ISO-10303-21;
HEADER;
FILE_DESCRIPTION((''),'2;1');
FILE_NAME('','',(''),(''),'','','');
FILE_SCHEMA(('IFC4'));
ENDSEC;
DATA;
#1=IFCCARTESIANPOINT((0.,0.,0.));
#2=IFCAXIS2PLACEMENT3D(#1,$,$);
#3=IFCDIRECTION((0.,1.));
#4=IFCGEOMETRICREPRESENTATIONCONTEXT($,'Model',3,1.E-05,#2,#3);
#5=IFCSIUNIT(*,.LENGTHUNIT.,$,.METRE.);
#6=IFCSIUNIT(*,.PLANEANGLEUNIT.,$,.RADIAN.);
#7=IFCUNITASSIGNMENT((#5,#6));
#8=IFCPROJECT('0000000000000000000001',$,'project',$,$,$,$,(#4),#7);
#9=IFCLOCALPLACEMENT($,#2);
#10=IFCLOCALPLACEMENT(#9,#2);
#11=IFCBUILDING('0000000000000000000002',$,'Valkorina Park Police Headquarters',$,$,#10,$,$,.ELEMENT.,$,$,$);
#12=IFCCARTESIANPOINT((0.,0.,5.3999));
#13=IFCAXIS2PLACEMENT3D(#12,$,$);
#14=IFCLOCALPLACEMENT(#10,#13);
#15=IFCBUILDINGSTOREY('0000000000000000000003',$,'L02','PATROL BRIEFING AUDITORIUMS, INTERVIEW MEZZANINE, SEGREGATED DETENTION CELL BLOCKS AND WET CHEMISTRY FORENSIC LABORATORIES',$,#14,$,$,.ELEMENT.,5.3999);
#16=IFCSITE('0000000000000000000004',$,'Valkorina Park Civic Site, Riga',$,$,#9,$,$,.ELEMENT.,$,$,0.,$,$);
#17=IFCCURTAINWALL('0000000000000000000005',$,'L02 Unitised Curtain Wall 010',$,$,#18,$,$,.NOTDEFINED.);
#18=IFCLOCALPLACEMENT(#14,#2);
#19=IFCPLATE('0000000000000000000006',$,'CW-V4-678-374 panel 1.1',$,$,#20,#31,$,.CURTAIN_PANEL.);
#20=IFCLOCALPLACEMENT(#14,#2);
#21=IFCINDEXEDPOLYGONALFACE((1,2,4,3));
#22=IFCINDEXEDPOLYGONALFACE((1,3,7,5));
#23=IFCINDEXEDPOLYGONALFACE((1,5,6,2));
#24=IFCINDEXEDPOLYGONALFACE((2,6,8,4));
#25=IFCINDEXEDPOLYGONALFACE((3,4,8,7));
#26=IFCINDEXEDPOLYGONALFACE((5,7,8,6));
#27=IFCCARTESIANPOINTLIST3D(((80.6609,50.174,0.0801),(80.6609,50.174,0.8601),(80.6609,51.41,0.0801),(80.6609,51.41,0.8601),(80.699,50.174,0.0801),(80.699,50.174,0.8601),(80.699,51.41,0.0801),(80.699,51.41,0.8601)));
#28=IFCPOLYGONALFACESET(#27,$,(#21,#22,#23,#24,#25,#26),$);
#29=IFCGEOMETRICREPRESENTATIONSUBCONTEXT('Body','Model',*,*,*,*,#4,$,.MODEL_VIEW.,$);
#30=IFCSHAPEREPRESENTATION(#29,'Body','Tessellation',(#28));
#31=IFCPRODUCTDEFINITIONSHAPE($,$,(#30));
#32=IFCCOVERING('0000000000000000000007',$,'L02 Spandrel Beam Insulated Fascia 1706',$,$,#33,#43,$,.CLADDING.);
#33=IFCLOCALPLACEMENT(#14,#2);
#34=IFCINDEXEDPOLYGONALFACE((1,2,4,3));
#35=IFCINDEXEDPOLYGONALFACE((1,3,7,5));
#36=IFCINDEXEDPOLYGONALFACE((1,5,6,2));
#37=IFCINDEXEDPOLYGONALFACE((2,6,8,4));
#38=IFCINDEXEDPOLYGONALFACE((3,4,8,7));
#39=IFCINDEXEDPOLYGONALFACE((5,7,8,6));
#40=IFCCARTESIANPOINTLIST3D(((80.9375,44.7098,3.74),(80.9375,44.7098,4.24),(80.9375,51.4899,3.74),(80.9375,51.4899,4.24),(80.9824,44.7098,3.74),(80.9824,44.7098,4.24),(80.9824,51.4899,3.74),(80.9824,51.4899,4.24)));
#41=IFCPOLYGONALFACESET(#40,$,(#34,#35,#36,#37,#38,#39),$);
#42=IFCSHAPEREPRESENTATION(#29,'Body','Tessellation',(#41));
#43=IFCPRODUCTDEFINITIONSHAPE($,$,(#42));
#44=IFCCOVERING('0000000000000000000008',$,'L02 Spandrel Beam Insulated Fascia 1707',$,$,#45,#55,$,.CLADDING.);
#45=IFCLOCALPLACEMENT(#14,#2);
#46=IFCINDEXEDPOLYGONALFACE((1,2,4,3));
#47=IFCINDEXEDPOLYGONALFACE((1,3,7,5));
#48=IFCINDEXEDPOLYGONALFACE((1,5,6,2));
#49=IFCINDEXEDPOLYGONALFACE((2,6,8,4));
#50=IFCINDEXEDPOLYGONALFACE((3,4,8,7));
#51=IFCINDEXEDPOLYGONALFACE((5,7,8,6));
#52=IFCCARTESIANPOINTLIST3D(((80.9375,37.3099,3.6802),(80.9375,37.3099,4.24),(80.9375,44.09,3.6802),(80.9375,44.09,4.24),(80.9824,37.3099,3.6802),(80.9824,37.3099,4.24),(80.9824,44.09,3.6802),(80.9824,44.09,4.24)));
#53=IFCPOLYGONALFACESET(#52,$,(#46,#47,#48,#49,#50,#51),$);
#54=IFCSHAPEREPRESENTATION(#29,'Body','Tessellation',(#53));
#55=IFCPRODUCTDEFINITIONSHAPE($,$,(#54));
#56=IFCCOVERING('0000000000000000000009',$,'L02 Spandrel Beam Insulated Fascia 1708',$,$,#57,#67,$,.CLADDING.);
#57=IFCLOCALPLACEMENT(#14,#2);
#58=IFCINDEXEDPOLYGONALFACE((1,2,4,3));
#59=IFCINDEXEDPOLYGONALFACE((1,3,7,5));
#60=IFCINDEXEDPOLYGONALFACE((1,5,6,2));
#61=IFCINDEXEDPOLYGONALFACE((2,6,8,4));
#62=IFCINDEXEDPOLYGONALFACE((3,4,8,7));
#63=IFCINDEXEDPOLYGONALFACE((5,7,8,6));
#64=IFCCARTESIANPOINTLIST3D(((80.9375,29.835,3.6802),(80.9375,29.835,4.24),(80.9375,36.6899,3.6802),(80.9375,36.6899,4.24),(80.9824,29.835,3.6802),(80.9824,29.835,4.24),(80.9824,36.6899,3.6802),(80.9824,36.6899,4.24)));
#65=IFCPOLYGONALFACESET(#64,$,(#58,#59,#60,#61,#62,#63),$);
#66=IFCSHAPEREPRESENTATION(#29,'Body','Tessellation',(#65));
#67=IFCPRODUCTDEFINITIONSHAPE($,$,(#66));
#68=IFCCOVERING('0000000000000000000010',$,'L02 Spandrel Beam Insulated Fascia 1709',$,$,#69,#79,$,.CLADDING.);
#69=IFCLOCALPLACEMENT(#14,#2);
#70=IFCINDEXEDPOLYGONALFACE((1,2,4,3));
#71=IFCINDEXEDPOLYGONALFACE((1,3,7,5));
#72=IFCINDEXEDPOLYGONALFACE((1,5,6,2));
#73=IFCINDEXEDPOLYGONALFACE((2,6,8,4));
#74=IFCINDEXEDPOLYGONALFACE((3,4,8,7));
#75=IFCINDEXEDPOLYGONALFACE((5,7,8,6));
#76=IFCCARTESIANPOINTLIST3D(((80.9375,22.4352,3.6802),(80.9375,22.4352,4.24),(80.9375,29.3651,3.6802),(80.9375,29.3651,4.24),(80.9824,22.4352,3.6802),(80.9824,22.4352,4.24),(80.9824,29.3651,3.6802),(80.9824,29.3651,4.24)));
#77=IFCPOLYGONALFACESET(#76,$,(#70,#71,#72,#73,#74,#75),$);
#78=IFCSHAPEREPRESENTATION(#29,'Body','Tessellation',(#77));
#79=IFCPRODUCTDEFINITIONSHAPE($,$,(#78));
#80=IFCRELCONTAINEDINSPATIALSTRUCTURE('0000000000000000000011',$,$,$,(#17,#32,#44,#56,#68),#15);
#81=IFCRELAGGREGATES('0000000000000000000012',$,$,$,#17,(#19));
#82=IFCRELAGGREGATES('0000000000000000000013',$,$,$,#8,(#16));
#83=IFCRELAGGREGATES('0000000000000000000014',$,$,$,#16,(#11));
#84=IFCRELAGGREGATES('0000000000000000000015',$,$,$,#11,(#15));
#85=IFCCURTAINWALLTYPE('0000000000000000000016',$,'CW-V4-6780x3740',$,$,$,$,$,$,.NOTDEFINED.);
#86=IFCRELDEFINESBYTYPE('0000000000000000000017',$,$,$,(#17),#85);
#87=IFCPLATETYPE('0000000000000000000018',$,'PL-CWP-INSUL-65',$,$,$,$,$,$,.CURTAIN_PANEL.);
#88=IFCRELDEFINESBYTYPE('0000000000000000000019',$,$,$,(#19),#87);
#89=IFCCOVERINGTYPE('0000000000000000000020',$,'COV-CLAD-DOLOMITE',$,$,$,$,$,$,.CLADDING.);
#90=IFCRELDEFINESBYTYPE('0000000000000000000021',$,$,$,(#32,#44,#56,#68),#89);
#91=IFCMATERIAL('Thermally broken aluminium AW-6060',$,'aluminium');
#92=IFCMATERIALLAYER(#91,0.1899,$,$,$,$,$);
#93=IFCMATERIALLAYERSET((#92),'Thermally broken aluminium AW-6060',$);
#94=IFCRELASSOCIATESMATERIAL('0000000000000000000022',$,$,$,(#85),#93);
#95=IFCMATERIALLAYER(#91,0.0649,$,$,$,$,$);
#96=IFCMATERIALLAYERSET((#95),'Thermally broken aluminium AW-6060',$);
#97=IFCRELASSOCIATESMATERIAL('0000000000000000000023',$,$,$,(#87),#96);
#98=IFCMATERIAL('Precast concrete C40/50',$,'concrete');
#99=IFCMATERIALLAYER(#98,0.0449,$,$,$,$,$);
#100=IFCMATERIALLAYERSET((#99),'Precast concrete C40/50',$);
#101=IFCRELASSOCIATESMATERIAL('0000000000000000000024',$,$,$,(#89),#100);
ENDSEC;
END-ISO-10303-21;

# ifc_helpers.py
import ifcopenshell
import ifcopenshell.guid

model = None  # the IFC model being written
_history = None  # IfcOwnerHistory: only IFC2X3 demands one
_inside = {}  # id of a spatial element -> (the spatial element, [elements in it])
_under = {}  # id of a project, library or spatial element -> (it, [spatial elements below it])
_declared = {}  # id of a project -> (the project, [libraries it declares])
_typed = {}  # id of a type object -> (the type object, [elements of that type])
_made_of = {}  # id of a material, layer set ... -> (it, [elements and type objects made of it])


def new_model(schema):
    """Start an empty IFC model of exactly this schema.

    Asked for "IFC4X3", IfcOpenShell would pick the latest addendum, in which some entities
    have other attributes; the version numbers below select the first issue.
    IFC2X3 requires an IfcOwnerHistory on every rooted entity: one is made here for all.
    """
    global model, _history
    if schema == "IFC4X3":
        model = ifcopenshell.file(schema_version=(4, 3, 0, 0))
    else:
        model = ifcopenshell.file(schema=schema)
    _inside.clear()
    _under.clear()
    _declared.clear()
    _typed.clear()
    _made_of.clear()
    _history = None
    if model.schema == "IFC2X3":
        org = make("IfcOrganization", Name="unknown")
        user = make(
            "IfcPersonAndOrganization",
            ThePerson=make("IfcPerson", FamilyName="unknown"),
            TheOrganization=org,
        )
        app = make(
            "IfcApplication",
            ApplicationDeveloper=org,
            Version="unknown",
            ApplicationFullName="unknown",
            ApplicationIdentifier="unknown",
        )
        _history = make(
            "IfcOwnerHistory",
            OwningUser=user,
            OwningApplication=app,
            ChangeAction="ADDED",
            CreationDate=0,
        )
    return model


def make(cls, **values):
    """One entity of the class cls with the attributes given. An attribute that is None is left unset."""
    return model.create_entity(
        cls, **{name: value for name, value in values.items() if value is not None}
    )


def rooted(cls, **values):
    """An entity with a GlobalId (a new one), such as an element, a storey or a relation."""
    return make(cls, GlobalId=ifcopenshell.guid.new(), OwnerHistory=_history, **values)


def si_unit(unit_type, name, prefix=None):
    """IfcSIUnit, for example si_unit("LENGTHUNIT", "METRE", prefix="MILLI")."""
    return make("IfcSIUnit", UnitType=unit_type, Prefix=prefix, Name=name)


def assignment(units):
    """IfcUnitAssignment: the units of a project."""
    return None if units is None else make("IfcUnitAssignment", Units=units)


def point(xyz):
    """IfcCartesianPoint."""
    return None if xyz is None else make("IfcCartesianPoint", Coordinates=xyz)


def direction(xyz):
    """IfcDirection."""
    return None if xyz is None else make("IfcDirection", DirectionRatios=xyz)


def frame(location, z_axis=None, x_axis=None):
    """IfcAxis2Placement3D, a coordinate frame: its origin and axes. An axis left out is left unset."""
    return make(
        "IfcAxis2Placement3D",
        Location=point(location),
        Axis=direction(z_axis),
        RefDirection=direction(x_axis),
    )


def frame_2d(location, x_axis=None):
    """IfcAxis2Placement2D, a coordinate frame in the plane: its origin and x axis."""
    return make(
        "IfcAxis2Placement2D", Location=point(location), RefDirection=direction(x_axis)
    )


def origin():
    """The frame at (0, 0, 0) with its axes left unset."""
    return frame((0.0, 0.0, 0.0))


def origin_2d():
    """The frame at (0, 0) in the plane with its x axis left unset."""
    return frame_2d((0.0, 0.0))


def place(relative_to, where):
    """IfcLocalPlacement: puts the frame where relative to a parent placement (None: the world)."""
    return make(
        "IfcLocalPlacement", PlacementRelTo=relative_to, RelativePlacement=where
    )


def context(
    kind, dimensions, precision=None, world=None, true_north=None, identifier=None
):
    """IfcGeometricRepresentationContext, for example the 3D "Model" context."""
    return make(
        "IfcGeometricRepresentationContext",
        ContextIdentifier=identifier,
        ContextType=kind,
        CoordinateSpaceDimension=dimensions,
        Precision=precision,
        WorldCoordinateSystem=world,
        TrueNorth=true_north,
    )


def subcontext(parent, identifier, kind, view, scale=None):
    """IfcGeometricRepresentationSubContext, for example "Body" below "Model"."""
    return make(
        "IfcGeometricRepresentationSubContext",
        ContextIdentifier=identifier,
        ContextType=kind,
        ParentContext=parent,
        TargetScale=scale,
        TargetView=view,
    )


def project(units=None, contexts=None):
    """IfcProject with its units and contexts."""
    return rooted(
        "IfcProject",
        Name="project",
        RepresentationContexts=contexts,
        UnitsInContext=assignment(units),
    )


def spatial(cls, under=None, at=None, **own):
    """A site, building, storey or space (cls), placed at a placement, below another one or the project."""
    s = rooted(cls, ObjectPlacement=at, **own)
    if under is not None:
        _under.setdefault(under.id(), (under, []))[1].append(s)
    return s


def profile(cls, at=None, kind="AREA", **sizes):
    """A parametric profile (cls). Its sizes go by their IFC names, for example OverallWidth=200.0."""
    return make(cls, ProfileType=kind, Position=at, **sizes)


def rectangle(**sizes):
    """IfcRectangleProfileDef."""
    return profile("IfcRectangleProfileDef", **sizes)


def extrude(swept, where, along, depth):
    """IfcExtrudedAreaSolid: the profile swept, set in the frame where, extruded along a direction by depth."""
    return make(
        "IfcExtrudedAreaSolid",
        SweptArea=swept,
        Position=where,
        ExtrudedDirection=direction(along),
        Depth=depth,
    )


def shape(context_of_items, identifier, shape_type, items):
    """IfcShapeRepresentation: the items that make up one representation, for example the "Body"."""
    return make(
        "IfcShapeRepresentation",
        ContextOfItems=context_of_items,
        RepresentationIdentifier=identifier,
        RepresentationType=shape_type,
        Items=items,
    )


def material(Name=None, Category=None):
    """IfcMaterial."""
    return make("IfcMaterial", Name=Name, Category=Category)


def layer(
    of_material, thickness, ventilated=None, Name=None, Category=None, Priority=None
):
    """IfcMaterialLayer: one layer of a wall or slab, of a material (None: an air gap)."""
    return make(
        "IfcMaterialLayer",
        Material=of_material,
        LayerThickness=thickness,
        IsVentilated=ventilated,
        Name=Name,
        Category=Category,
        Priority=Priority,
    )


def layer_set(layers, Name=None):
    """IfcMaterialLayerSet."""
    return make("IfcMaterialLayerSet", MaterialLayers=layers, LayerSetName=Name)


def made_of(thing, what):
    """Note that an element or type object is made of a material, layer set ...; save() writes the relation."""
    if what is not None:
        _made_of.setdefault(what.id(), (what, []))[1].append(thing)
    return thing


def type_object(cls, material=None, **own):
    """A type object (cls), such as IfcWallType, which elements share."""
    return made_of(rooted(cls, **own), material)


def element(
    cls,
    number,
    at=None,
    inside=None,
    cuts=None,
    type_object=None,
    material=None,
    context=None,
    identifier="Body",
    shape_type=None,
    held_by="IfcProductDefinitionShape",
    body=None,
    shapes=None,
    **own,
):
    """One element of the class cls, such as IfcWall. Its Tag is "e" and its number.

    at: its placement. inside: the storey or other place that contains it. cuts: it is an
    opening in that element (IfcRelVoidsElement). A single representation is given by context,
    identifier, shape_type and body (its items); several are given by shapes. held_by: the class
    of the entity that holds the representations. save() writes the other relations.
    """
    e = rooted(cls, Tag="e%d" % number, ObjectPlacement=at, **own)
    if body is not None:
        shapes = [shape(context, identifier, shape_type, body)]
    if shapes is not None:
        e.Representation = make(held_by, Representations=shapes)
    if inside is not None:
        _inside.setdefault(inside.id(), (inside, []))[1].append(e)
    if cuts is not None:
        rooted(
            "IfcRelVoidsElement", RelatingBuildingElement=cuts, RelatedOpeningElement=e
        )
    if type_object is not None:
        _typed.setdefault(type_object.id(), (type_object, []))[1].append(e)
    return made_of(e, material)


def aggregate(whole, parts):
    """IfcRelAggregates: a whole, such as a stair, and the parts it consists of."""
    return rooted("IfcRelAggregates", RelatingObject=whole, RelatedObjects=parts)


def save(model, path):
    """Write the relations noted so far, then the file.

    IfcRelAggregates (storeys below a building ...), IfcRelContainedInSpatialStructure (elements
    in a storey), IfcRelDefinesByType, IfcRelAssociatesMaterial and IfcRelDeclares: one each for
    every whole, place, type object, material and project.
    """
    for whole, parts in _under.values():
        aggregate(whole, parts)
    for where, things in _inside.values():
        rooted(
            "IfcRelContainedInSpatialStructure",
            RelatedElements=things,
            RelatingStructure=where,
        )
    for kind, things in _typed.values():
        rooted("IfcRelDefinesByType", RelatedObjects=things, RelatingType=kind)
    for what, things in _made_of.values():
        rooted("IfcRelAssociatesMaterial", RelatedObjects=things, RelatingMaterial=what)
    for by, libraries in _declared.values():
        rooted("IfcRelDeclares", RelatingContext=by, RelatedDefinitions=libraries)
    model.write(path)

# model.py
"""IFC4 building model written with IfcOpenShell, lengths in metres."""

from ifc_helpers import new_model, si_unit, direction, frame, frame_2d, origin, origin_2d, place, context, subcontext, project, spatial, rectangle, extrude, material, layer, layer_set, type_object, element, aggregate, save


model = new_model("IFC4")

# Units and contexts
model_context = context("Model", 3, precision=1e-05, world=origin(), true_north=direction((0.0, 1.0)))
body_context = subcontext(model_context, "Body", "Model", "MODEL_VIEW")
ifc_project = project(units=[si_unit("LENGTHUNIT", "METRE"), si_unit("PLANEANGLEUNIT", "RADIAN")], contexts=[model_context])

# Site, building, storey
site_placement = place(None, origin())
site = spatial("IfcSite", under=ifc_project, at=site_placement, Name="Valkorina Park Civic Site, Riga", CompositionType="ELEMENT", RefElevation=0.0)
building_placement = place(site_placement, origin())
building = spatial("IfcBuilding", under=site, at=building_placement, Name="Valkorina Park Police Headquarters", CompositionType="ELEMENT")
storey_placement = place(building_placement, frame((0.0, 0.0, 5.3999)))
storey = spatial("IfcBuildingStorey", under=building, at=storey_placement, Name="L02", Description="PATROL BRIEFING AUDITORIUMS, INTERVIEW MEZZANINE, SEGREGATED DETENTION CELL BLOCKS AND WET CHEMISTRY FORENSIC LABORATORIES", CompositionType="ELEMENT", Elevation=5.3999)

# Curtain wall
ifc_material_1 = material(Name="Thermally broken aluminium AW-6060", Category="aluminium")
ifc_layer_1 = layer(ifc_material_1, 0.1899)
ifc_layer_set_1 = layer_set([ifc_layer_1], Name="Thermally broken aluminium AW-6060")
curtain_wall_type_1 = type_object("IfcCurtainWallType", Name="CW-V4-6780x3740", PredefinedType="NOTDEFINED", material=ifc_layer_set_1)
curtain_wall_1_placement = place(storey_placement, origin())
curtain_wall_1 = element("IfcCurtainWall", 1, at=curtain_wall_1_placement, inside=storey, type_object=curtain_wall_type_1, Name="L02 Unitised Curtain Wall 010", PredefinedType="NOTDEFINED")

# Plate
ifc_layer_2 = layer(ifc_material_1, 0.0649)
ifc_layer_set_2 = layer_set([ifc_layer_2], Name="Thermally broken aluminium AW-6060")
plate_type_1 = type_object("IfcPlateType", Name="PL-CWP-INSUL-65", PredefinedType="CURTAIN_PANEL", material=ifc_layer_set_2)
plate_1_placement = place(storey_placement, frame((80.6799, 50.792, 0.0801), z_axis=(0.0, 0.0, 1.0), x_axis=(0.0, -1.0, 0.0)))
plate_1 = element("IfcPlate", 2, at=plate_1_placement, type_object=plate_type_1, Name="CW-V4-678-374 panel 1.1", PredefinedType="CURTAIN_PANEL", context=body_context, shape_type="SweptSolid", body=[
    extrude(rectangle(XDim=1.2361, YDim=0.0381, at=origin_2d()), origin(), (0.0, 0.0, 1.0), 0.78),
])
aggregate(curtain_wall_1, [plate_1])

# Coverings
ifc_material_2 = material(Name="Precast concrete C40/50", Category="concrete")
ifc_layer_3 = layer(ifc_material_2, 0.0449)
ifc_layer_set_3 = layer_set([ifc_layer_3], Name="Precast concrete C40/50")
covering_type = type_object("IfcCoveringType", Name="COV-CLAD-DOLOMITE", PredefinedType="CLADDING", material=ifc_layer_set_3)
covering_1_placement = place(storey_placement, frame((80.96, 51.49, 3.74), z_axis=(0.0, 0.0, 1.0), x_axis=(0.0, -1.0, 0.0)))
element("IfcCovering", 3, at=covering_1_placement, inside=storey, type_object=covering_type, Name="L02 Spandrel Beam Insulated Fascia 1706", PredefinedType="CLADDING", context=body_context, shape_type="SweptSolid", body=[
    extrude(rectangle(XDim=6.78, YDim=0.0449, at=frame_2d((3.3901, 0.0))), origin(), (0.0, 0.0, 1.0), 0.5),
])
covering_2_placement = place(storey_placement, frame((80.96, 44.0901, 3.6802), z_axis=(0.0, 0.0, 1.0), x_axis=(0.0, -1.0, 0.0)))
element("IfcCovering", 4, at=covering_2_placement, inside=storey, type_object=covering_type, Name="L02 Spandrel Beam Insulated Fascia 1707", PredefinedType="CLADDING", context=body_context, shape_type="SweptSolid", body=[
    extrude(rectangle(XDim=6.78, YDim=0.0449, at=frame_2d((3.3901, 0.0))), origin(), (0.0, 0.0, 1.0), 0.5598),
])
covering_3_placement = place(storey_placement, frame((80.96, 36.6899, 3.6802), z_axis=(0.0, 0.0, 1.0), x_axis=(0.0, -1.0, 0.0)))
element("IfcCovering", 5, at=covering_3_placement, inside=storey, type_object=covering_type, Name="L02 Spandrel Beam Insulated Fascia 1708", PredefinedType="CLADDING", context=body_context, shape_type="SweptSolid", body=[
    extrude(rectangle(XDim=6.855, YDim=0.0449, at=frame_2d((3.4275, 0.0))), origin(), (0.0, 0.0, 1.0), 0.5598),
])
covering_4_placement = place(storey_placement, frame((80.96, 29.365, 3.6802), z_axis=(0.0, 0.0, 1.0), x_axis=(0.0, -1.0, 0.0)))
element("IfcCovering", 6, at=covering_4_placement, inside=storey, type_object=covering_type, Name="L02 Spandrel Beam Insulated Fascia 1709", PredefinedType="CLADDING", context=body_context, shape_type="SweptSolid", body=[
    extrude(rectangle(XDim=6.9299, YDim=0.0449, at=frame_2d((3.4648, 0.0))), origin(), (0.0, 0.0, 1.0), 0.5598),
])

save(model, "model.ifc")
